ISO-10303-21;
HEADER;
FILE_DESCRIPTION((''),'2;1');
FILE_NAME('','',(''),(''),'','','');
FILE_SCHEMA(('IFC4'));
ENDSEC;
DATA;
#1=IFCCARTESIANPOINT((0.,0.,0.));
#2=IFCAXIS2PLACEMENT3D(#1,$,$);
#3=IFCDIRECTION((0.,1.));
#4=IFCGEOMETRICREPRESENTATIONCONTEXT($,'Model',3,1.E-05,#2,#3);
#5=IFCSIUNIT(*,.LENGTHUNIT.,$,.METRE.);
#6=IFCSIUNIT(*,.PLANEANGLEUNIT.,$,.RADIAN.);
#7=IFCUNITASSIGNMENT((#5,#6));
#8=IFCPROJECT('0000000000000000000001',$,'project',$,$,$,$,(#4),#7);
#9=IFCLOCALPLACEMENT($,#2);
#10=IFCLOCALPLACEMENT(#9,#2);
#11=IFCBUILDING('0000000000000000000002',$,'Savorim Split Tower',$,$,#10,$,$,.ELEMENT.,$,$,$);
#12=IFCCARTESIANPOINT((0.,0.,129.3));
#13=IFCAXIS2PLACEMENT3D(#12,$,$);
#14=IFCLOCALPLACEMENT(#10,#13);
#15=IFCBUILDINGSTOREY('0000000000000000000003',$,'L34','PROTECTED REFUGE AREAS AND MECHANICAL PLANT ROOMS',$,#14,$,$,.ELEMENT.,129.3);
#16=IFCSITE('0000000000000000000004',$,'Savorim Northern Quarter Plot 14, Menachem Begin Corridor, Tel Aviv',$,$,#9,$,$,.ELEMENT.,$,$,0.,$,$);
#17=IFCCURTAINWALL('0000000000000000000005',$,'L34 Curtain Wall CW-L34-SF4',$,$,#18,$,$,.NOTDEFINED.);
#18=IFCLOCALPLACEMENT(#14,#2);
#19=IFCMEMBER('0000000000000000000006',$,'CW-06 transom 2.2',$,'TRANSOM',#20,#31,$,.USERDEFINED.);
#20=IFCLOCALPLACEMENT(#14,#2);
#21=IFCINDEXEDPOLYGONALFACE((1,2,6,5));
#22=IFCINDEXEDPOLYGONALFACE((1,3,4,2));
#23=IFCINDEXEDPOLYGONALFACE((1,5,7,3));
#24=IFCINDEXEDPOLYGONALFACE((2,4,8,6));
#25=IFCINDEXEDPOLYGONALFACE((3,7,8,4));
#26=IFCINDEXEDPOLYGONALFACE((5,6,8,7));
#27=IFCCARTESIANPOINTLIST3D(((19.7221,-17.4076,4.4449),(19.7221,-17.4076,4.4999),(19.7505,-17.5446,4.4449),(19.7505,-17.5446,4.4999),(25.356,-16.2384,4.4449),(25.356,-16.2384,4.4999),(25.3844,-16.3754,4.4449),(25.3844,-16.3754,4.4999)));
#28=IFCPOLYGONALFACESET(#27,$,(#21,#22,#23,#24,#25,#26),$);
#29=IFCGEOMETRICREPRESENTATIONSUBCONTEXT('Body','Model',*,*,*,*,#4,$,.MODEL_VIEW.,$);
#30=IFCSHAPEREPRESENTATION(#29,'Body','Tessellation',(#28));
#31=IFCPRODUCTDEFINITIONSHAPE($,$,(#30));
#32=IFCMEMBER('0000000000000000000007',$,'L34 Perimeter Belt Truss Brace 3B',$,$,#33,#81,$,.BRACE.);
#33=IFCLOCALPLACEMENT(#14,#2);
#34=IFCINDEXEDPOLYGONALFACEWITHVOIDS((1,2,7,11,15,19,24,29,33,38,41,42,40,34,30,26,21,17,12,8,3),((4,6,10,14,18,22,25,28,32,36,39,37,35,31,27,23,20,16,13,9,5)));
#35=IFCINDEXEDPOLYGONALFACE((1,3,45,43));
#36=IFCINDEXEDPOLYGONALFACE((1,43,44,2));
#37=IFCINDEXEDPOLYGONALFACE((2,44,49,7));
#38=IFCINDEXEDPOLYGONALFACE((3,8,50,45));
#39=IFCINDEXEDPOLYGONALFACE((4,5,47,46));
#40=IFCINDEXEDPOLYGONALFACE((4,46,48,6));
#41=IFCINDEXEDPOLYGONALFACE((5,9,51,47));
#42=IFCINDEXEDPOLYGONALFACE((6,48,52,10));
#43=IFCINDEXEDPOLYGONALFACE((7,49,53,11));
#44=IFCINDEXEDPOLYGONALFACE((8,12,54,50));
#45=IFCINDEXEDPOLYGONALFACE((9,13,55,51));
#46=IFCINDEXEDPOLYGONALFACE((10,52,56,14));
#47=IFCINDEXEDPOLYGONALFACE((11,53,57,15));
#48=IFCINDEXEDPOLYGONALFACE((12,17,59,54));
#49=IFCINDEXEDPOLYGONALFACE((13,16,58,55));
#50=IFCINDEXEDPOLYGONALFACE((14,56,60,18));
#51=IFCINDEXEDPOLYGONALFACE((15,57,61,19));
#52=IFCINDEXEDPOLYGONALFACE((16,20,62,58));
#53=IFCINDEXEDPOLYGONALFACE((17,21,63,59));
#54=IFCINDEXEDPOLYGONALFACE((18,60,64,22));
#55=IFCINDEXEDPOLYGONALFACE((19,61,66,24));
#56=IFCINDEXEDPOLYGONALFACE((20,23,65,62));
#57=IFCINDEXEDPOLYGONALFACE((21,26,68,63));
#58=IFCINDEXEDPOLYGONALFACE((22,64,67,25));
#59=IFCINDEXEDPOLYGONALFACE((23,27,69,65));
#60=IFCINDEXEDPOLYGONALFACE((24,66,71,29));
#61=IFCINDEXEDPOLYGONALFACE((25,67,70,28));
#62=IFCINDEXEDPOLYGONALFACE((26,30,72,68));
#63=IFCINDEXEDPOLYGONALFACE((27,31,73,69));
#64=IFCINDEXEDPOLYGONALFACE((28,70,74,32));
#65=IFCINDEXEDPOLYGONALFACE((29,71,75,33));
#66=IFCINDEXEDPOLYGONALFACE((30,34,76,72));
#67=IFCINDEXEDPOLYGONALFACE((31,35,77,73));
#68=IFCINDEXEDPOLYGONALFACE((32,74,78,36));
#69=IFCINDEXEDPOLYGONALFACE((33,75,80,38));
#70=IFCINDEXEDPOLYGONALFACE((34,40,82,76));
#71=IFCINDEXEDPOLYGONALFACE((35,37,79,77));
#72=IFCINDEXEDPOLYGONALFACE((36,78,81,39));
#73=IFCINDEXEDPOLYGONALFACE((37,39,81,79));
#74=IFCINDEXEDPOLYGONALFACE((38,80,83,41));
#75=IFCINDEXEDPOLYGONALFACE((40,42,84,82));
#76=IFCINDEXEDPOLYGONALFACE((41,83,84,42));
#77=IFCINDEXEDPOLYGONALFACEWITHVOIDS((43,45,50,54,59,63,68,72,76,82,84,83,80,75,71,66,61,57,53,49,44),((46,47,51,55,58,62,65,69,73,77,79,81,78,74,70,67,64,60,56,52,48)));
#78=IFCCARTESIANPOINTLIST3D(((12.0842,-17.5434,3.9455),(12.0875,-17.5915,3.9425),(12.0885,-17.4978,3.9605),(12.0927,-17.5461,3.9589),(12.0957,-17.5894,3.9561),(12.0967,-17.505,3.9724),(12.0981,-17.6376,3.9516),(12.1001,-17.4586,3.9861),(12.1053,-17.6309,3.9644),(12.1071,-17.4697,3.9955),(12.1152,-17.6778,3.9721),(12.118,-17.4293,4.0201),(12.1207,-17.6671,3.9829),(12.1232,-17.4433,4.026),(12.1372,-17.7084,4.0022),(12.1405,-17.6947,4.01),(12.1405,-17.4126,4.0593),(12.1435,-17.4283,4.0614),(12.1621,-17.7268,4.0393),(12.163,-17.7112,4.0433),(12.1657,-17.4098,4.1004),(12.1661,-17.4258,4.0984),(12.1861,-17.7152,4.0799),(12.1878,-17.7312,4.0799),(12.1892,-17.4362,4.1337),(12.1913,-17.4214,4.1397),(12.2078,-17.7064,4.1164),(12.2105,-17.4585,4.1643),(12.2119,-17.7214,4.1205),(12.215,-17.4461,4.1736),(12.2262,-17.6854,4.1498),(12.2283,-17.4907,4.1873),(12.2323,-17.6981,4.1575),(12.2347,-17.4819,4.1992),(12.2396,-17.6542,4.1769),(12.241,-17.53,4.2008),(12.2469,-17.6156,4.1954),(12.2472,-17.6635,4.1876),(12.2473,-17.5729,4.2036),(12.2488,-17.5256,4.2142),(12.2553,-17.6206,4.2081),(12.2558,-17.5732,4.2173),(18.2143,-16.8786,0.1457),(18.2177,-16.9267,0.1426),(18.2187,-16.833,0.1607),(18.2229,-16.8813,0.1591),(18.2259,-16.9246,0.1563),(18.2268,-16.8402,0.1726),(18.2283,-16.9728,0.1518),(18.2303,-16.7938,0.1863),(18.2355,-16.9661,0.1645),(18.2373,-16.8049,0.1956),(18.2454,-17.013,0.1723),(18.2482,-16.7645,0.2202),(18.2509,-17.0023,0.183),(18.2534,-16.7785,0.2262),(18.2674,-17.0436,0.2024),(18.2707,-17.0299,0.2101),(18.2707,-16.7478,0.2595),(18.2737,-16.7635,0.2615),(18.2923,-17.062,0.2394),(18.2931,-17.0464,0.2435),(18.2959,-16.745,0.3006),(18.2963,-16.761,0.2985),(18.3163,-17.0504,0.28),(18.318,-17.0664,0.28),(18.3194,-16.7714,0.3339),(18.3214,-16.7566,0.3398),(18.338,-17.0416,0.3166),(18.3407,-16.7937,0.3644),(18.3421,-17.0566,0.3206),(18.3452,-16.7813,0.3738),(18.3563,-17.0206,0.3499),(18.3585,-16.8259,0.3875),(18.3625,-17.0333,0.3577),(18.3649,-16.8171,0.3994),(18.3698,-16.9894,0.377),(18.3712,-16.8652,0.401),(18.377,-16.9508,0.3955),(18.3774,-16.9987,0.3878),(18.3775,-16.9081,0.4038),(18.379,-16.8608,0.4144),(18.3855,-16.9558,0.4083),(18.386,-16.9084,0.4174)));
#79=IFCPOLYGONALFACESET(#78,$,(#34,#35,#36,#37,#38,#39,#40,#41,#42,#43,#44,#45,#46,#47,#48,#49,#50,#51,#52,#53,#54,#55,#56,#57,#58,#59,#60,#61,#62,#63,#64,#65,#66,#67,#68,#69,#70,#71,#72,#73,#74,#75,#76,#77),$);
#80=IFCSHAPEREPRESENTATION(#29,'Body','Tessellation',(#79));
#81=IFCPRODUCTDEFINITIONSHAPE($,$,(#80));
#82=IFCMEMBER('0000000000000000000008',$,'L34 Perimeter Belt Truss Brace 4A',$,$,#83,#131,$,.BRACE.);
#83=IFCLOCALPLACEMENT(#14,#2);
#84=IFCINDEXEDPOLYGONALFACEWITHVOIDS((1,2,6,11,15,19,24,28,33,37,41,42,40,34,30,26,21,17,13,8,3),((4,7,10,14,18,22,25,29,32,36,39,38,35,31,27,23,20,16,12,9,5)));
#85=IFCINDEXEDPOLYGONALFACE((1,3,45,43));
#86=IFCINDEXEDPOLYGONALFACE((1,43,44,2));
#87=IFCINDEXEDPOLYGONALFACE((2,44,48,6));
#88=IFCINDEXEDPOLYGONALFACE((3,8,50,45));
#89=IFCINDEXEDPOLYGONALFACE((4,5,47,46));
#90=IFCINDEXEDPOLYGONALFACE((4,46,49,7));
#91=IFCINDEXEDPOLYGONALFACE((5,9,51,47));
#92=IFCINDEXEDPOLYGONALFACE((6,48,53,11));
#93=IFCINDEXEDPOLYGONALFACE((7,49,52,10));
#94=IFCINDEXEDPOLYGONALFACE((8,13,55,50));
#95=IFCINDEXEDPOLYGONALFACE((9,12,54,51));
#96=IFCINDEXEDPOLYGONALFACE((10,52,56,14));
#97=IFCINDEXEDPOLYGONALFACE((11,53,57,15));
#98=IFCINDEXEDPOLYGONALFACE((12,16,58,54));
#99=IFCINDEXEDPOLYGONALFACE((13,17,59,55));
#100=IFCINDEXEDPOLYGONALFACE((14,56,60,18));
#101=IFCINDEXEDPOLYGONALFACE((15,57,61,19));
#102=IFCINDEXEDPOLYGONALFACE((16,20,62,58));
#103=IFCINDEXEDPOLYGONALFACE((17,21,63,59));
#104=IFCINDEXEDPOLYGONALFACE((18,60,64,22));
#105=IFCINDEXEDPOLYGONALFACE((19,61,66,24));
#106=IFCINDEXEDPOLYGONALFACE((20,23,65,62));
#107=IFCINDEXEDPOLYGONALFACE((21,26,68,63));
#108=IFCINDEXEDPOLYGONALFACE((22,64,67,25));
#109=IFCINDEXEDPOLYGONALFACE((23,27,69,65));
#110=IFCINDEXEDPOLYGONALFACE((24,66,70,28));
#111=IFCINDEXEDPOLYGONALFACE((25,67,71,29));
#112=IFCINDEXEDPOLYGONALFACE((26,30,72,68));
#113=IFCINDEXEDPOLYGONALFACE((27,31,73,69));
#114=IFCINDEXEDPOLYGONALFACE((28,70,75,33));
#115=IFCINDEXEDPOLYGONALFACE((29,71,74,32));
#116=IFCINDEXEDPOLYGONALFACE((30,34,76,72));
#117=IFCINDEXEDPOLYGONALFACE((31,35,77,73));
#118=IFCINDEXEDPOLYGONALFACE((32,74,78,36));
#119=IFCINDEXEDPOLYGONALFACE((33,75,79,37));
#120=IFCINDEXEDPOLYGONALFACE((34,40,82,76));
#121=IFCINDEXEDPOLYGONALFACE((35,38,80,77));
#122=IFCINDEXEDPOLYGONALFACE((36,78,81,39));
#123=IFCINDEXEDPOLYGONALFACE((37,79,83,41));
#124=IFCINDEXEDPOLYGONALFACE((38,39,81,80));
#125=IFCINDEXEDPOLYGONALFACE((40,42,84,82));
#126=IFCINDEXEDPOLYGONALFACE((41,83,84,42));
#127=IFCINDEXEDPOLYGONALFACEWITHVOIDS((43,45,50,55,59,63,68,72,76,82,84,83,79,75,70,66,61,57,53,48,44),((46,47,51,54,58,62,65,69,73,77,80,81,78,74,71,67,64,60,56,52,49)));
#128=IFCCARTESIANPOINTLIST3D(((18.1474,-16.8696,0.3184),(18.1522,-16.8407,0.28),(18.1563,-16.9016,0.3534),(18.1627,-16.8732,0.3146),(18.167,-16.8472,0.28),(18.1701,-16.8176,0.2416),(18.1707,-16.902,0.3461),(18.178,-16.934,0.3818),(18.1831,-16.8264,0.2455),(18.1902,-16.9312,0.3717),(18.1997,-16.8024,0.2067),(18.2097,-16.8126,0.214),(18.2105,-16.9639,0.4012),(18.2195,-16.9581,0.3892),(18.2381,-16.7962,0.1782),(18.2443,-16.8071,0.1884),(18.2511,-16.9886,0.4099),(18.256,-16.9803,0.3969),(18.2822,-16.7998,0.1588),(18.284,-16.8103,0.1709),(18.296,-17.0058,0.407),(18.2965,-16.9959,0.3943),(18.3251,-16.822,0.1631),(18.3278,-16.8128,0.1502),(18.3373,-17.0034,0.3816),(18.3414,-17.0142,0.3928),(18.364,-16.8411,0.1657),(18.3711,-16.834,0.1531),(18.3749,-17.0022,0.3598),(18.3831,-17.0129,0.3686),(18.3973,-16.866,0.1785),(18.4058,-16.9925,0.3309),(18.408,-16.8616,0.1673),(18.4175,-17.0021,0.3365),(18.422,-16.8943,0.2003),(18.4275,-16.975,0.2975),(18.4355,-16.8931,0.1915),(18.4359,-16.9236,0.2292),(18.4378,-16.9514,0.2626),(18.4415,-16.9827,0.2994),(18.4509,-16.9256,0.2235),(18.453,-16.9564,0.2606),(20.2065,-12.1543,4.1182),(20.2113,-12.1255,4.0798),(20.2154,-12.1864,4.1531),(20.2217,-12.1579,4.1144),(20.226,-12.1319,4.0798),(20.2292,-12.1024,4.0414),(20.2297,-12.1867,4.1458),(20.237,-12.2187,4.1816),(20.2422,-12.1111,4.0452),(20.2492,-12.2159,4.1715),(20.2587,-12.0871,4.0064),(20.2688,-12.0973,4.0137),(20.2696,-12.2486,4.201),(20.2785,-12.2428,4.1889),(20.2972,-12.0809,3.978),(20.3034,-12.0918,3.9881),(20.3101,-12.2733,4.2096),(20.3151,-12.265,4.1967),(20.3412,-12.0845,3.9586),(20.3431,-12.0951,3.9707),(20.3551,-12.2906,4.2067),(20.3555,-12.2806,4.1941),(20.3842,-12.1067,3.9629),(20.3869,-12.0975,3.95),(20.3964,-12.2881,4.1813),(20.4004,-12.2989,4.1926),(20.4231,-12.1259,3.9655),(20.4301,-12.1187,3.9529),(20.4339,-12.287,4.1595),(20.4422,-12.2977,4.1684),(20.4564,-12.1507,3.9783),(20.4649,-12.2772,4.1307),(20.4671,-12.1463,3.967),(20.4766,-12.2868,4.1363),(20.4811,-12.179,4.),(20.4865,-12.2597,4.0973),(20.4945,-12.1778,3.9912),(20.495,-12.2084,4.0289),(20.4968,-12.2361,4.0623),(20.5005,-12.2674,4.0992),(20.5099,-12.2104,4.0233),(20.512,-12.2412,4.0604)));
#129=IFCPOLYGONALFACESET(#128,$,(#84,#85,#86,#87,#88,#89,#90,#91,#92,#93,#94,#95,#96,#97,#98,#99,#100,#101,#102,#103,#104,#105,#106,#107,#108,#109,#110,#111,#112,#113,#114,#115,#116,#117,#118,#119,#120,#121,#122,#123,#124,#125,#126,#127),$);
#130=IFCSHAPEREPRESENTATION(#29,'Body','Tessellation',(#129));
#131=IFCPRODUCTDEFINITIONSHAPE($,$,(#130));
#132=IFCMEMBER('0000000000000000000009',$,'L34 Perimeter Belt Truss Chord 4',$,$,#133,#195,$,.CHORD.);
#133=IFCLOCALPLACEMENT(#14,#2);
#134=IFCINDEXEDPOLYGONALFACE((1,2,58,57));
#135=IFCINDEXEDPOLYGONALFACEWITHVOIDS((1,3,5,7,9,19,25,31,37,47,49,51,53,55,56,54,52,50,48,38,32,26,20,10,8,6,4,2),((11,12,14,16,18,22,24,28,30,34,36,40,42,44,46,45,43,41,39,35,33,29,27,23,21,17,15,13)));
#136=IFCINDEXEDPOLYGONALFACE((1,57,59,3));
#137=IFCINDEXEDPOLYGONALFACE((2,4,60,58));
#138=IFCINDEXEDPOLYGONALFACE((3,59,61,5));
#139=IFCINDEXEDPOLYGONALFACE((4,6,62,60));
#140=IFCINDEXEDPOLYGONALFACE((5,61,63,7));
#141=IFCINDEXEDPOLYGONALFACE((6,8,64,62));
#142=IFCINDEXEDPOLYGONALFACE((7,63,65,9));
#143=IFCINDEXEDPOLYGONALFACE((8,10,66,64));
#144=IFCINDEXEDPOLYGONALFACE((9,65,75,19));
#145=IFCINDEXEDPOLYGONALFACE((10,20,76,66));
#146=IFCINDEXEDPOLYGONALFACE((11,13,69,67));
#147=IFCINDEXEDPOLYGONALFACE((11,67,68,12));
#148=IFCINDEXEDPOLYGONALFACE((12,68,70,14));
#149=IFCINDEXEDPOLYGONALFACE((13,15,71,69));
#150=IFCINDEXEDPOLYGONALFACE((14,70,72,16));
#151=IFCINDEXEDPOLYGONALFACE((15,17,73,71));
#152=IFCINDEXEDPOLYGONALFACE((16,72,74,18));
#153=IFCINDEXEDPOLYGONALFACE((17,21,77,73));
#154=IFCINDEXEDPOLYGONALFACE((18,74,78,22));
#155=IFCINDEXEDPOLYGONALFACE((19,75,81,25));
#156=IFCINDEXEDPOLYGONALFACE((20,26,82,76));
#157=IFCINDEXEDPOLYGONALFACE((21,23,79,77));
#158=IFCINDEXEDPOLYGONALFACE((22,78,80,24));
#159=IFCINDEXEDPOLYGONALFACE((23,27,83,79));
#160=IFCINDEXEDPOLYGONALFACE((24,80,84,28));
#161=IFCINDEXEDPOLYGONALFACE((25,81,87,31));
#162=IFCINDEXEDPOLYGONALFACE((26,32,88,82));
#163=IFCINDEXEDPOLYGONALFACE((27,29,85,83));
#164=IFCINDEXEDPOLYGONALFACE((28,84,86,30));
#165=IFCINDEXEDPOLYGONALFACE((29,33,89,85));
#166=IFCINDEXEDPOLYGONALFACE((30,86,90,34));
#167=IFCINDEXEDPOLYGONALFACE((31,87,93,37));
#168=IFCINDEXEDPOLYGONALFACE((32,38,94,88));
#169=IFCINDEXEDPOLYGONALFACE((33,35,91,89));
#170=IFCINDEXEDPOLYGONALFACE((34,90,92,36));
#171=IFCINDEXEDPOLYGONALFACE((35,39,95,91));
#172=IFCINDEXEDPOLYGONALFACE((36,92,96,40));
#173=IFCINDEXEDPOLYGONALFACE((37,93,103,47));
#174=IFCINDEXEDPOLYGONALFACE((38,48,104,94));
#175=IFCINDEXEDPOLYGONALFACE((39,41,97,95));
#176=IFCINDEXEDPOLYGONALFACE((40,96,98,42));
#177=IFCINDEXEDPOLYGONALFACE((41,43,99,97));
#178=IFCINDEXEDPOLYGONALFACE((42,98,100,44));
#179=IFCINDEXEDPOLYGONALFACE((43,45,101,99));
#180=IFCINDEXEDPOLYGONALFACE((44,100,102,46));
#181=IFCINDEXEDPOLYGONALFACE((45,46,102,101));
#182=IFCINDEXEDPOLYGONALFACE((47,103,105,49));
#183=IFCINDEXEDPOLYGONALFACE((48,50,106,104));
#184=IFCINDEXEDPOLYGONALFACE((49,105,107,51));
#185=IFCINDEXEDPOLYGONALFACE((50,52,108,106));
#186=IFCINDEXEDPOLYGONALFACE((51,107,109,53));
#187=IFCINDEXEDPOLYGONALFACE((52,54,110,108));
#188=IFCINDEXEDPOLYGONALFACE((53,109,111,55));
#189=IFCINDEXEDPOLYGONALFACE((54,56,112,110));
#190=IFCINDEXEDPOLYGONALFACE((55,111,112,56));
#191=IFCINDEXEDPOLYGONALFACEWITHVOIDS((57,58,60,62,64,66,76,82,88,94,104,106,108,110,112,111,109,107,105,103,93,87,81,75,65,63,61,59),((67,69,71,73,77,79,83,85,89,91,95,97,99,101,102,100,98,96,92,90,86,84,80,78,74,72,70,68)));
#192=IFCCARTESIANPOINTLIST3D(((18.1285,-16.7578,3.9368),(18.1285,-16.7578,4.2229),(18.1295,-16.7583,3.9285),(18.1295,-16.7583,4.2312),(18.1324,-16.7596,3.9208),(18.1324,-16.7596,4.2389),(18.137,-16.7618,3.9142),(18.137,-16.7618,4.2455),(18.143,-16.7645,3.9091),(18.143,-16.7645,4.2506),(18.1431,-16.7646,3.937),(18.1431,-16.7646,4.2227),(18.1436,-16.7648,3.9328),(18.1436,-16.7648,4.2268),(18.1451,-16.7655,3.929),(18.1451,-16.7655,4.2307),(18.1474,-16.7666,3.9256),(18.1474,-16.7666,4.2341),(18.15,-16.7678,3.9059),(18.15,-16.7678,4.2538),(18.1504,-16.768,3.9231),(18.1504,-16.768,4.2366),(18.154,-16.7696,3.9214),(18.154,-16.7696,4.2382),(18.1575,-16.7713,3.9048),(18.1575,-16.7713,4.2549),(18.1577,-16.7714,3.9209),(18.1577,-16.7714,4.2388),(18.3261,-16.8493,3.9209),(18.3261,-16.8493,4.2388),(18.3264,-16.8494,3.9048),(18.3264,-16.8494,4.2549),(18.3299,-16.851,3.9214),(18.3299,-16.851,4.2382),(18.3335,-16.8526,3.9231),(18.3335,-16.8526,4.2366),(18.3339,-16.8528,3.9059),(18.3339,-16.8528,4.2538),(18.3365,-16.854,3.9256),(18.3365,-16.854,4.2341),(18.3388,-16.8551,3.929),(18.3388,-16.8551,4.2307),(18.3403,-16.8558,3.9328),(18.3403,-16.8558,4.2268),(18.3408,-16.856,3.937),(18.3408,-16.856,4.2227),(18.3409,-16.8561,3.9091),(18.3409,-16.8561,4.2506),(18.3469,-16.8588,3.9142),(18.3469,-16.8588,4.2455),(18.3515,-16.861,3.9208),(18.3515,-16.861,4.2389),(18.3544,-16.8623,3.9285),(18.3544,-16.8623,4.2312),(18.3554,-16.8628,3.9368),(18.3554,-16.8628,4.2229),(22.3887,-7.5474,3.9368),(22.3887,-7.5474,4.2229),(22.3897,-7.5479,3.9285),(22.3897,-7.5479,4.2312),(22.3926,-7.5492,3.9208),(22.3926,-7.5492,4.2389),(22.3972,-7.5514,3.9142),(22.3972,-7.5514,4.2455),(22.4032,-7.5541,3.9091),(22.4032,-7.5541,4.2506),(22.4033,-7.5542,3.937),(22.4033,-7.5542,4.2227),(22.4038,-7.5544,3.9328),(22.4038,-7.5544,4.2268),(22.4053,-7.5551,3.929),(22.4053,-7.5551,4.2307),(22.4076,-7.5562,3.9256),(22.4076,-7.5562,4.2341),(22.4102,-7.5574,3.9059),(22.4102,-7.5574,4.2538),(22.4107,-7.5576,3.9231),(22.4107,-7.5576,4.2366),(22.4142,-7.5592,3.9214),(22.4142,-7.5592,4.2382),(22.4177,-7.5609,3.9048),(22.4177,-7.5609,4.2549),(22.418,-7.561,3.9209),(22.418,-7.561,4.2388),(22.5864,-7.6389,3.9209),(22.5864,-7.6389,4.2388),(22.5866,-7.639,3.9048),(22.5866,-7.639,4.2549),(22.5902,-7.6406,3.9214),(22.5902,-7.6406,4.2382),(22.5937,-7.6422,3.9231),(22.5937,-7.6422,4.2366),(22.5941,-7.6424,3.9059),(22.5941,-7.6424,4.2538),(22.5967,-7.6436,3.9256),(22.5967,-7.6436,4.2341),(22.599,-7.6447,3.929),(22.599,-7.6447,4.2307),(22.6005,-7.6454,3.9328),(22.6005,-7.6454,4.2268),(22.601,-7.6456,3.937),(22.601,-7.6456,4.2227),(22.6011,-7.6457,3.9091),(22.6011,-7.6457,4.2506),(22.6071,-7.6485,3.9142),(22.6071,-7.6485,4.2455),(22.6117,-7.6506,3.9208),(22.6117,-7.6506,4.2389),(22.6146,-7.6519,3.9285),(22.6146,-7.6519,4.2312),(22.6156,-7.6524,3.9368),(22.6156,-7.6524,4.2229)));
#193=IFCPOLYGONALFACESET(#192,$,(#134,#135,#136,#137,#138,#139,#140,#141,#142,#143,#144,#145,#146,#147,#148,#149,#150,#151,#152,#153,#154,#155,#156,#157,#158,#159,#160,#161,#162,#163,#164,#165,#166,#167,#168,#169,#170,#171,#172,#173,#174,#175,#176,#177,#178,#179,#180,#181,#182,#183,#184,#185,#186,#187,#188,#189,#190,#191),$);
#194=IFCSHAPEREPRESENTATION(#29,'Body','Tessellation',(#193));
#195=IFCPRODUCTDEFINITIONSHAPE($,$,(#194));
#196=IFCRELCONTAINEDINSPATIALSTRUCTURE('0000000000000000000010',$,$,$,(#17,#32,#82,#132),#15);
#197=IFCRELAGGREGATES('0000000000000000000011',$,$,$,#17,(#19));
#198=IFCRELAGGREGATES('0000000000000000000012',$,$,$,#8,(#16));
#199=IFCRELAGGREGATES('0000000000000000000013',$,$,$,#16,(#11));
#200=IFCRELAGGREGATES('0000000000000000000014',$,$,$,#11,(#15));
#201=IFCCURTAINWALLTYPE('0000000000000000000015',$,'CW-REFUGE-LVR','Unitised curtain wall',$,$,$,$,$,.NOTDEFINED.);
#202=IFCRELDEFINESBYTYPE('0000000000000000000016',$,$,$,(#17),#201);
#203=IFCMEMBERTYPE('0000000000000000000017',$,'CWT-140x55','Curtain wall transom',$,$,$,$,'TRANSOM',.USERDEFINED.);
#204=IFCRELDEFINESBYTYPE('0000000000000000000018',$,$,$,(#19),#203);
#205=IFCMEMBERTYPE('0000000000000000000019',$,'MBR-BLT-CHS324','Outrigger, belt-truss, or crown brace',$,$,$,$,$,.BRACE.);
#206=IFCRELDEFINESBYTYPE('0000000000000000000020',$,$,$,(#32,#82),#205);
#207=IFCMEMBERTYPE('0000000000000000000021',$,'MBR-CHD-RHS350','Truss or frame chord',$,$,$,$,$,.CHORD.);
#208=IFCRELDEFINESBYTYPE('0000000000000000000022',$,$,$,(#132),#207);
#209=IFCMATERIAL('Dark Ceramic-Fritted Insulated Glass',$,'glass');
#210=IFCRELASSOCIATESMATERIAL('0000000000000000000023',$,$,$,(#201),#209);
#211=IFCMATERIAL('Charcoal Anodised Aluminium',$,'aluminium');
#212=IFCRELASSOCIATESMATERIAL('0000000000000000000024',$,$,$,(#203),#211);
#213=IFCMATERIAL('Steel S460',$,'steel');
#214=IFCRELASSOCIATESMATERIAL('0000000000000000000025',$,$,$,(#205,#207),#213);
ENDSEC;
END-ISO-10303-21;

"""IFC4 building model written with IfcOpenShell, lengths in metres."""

from ifc_helpers import new_model, si_unit, direction, frame, origin, origin_2d, place, context, subcontext, project, spatial, rectangle, hollow_rectangle, hollow_circle, extrude, material, material_profile, profile_set, type_object, element, aggregate, save


model = new_model("IFC4")

# Units and contexts
model_context = context("Model", 3, precision=1e-05, world=origin(), true_north=direction((0.0, 1.0)))
body_context = subcontext(model_context, "Body", "Model", "MODEL_VIEW")
ifc_project = project(units=[si_unit("LENGTHUNIT", "METRE"), si_unit("PLANEANGLEUNIT", "RADIAN")], contexts=[model_context])

# Site, building, storey
site_placement = place(None, origin())
site = spatial("IfcSite", under=ifc_project, at=site_placement, Name="Savorim Northern Quarter Plot 14, Menachem Begin Corridor, Tel Aviv", CompositionType="ELEMENT", RefElevation=0.0)
building_placement = place(site_placement, origin())
building = spatial("IfcBuilding", under=site, at=building_placement, Name="Savorim Split Tower", CompositionType="ELEMENT")
storey_placement = place(building_placement, frame((0.0, 0.0, 129.3)))
storey = spatial("IfcBuildingStorey", under=building, at=storey_placement, Name="L34", Description="PROTECTED REFUGE AREAS AND MECHANICAL PLANT ROOMS", CompositionType="ELEMENT", Elevation=129.3)

# Shared definitions
ifc_material_1 = material(Name="Steel S460", Category="steel")

# Curtain wall, member
ifc_material_2 = material(Name="Dark Ceramic-Fritted Insulated Glass", Category="glass")
curtain_wall_type = type_object("IfcCurtainWallType", Name="CW-REFUGE-LVR", Description="Unitised curtain wall", PredefinedType="NOTDEFINED", material=ifc_material_2)
curtain_wall_placement = place(storey_placement, origin())
curtain_wall = element("IfcCurtainWall", 1, at=curtain_wall_placement, inside=storey, type_object=curtain_wall_type, Name="L34 Curtain Wall CW-L34-SF4", PredefinedType="NOTDEFINED")
ifc_material_3 = material(Name="Charcoal Anodised Aluminium", Category="aluminium")
ifc_material_profile_1 = material_profile(ifc_material_3, rectangle(XDim=0.1399, YDim=0.0549, at=origin_2d()), Name="ALU-T 140x55")
ifc_profile_set_1 = profile_set([ifc_material_profile_1], Name="Charcoal Anodised Aluminium")
member_type_1 = type_object("IfcMemberType", Name="CWT-140x55", Description="Curtain wall transom", ElementType="TRANSOM", PredefinedType="USERDEFINED", material=ifc_profile_set_1)
member_1_placement = place(storey_placement, frame((19.7363, -17.4761, 4.4724), z_axis=(0.979137, 0.203202, 0.0), x_axis=(-0.203202, 0.979137, 0.0)))
member_1 = element("IfcMember", 2, at=member_1_placement, type_object=member_type_1, Name="CW-06 transom 2.2", ObjectType="TRANSOM", PredefinedType="USERDEFINED", context=body_context, shape_type="SweptSolid", body=[
    extrude(rectangle(XDim=0.1399, YDim=0.0549, at=origin_2d()), origin(), (0.0, 0.0, 1.0), 5.7539),
])

# Members
ifc_material_profile_2 = material_profile(ifc_material_1, hollow_circle(Radius=0.1619, WallThickness=0.0161, at=origin_2d()), Name="CHS 323.9x16")
ifc_profile_set_2 = profile_set([ifc_material_profile_2], Name="Steel S460")
member_type_2 = type_object("IfcMemberType", Name="MBR-BLT-CHS324", Description="Outrigger, belt-truss, or crown brace", PredefinedType="BRACE", material=ifc_profile_set_2)
member_2_placement = place(storey_placement, frame((18.3005, -16.9055, 0.28), z_axis=(-0.846369, -0.091786, 0.524628), x_axis=(0.107815, -0.994171, 0.0)))
element("IfcMember", 3, at=member_2_placement, inside=storey, type_object=member_type_2, Name="L34 Perimeter Belt Truss Brace 3B", PredefinedType="BRACE", context=body_context, shape_type="SweptSolid", body=[
    extrude(hollow_circle(Radius=0.1619, WallThickness=0.0161, at=origin_2d()), origin(), (0.0, 0.0, 1.0), 7.2429),
])
member_3_placement = place(storey_placement, frame((18.3005, -16.9055, 0.28), z_axis=(0.321918, 0.737196, 0.594063), x_axis=(-0.916434, 0.400186, 0.0)))
element("IfcMember", 4, at=member_3_placement, inside=storey, type_object=member_type_2, Name="L34 Perimeter Belt Truss Brace 4A", PredefinedType="BRACE", context=body_context, shape_type="SweptSolid", body=[
    extrude(hollow_circle(Radius=0.1619, WallThickness=0.0161, at=origin_2d()), origin(), (0.0, 0.0, 1.0), 6.3962),
])
ifc_material_profile_3 = material_profile(ifc_material_1, hollow_rectangle(XDim=0.25, YDim=0.3501, WallThickness=0.0161, InnerFilletRadius=0.0161, OuterFilletRadius=0.032, at=origin_2d()), Name="RHS 350x250x16")
ifc_profile_set_3 = profile_set([ifc_material_profile_3], Name="Steel S460")
member_type_3 = type_object("IfcMemberType", Name="MBR-CHD-RHS350", Description="Truss or frame chord", PredefinedType="CHORD", material=ifc_profile_set_3)
member_4_placement = place(storey_placement, frame((18.2419, -16.8103, 4.0798), z_axis=(0.419812, 0.907611, 0.0), x_axis=(-0.907611, 0.419812, 0.0)))
element("IfcMember", 5, at=member_4_placement, inside=storey, type_object=member_type_3, Name="L34 Perimeter Belt Truss Chord 4", PredefinedType="CHORD", context=body_context, shape_type="SweptSolid", body=[
    extrude(hollow_rectangle(XDim=0.25, YDim=0.3501, WallThickness=0.0161, InnerFilletRadius=0.0161, OuterFilletRadius=0.032, at=origin_2d()), origin(), (0.0, 0.0, 1.0), 10.1479),
])

aggregate(curtain_wall, [member_1])

save(model, "model.ifc")
